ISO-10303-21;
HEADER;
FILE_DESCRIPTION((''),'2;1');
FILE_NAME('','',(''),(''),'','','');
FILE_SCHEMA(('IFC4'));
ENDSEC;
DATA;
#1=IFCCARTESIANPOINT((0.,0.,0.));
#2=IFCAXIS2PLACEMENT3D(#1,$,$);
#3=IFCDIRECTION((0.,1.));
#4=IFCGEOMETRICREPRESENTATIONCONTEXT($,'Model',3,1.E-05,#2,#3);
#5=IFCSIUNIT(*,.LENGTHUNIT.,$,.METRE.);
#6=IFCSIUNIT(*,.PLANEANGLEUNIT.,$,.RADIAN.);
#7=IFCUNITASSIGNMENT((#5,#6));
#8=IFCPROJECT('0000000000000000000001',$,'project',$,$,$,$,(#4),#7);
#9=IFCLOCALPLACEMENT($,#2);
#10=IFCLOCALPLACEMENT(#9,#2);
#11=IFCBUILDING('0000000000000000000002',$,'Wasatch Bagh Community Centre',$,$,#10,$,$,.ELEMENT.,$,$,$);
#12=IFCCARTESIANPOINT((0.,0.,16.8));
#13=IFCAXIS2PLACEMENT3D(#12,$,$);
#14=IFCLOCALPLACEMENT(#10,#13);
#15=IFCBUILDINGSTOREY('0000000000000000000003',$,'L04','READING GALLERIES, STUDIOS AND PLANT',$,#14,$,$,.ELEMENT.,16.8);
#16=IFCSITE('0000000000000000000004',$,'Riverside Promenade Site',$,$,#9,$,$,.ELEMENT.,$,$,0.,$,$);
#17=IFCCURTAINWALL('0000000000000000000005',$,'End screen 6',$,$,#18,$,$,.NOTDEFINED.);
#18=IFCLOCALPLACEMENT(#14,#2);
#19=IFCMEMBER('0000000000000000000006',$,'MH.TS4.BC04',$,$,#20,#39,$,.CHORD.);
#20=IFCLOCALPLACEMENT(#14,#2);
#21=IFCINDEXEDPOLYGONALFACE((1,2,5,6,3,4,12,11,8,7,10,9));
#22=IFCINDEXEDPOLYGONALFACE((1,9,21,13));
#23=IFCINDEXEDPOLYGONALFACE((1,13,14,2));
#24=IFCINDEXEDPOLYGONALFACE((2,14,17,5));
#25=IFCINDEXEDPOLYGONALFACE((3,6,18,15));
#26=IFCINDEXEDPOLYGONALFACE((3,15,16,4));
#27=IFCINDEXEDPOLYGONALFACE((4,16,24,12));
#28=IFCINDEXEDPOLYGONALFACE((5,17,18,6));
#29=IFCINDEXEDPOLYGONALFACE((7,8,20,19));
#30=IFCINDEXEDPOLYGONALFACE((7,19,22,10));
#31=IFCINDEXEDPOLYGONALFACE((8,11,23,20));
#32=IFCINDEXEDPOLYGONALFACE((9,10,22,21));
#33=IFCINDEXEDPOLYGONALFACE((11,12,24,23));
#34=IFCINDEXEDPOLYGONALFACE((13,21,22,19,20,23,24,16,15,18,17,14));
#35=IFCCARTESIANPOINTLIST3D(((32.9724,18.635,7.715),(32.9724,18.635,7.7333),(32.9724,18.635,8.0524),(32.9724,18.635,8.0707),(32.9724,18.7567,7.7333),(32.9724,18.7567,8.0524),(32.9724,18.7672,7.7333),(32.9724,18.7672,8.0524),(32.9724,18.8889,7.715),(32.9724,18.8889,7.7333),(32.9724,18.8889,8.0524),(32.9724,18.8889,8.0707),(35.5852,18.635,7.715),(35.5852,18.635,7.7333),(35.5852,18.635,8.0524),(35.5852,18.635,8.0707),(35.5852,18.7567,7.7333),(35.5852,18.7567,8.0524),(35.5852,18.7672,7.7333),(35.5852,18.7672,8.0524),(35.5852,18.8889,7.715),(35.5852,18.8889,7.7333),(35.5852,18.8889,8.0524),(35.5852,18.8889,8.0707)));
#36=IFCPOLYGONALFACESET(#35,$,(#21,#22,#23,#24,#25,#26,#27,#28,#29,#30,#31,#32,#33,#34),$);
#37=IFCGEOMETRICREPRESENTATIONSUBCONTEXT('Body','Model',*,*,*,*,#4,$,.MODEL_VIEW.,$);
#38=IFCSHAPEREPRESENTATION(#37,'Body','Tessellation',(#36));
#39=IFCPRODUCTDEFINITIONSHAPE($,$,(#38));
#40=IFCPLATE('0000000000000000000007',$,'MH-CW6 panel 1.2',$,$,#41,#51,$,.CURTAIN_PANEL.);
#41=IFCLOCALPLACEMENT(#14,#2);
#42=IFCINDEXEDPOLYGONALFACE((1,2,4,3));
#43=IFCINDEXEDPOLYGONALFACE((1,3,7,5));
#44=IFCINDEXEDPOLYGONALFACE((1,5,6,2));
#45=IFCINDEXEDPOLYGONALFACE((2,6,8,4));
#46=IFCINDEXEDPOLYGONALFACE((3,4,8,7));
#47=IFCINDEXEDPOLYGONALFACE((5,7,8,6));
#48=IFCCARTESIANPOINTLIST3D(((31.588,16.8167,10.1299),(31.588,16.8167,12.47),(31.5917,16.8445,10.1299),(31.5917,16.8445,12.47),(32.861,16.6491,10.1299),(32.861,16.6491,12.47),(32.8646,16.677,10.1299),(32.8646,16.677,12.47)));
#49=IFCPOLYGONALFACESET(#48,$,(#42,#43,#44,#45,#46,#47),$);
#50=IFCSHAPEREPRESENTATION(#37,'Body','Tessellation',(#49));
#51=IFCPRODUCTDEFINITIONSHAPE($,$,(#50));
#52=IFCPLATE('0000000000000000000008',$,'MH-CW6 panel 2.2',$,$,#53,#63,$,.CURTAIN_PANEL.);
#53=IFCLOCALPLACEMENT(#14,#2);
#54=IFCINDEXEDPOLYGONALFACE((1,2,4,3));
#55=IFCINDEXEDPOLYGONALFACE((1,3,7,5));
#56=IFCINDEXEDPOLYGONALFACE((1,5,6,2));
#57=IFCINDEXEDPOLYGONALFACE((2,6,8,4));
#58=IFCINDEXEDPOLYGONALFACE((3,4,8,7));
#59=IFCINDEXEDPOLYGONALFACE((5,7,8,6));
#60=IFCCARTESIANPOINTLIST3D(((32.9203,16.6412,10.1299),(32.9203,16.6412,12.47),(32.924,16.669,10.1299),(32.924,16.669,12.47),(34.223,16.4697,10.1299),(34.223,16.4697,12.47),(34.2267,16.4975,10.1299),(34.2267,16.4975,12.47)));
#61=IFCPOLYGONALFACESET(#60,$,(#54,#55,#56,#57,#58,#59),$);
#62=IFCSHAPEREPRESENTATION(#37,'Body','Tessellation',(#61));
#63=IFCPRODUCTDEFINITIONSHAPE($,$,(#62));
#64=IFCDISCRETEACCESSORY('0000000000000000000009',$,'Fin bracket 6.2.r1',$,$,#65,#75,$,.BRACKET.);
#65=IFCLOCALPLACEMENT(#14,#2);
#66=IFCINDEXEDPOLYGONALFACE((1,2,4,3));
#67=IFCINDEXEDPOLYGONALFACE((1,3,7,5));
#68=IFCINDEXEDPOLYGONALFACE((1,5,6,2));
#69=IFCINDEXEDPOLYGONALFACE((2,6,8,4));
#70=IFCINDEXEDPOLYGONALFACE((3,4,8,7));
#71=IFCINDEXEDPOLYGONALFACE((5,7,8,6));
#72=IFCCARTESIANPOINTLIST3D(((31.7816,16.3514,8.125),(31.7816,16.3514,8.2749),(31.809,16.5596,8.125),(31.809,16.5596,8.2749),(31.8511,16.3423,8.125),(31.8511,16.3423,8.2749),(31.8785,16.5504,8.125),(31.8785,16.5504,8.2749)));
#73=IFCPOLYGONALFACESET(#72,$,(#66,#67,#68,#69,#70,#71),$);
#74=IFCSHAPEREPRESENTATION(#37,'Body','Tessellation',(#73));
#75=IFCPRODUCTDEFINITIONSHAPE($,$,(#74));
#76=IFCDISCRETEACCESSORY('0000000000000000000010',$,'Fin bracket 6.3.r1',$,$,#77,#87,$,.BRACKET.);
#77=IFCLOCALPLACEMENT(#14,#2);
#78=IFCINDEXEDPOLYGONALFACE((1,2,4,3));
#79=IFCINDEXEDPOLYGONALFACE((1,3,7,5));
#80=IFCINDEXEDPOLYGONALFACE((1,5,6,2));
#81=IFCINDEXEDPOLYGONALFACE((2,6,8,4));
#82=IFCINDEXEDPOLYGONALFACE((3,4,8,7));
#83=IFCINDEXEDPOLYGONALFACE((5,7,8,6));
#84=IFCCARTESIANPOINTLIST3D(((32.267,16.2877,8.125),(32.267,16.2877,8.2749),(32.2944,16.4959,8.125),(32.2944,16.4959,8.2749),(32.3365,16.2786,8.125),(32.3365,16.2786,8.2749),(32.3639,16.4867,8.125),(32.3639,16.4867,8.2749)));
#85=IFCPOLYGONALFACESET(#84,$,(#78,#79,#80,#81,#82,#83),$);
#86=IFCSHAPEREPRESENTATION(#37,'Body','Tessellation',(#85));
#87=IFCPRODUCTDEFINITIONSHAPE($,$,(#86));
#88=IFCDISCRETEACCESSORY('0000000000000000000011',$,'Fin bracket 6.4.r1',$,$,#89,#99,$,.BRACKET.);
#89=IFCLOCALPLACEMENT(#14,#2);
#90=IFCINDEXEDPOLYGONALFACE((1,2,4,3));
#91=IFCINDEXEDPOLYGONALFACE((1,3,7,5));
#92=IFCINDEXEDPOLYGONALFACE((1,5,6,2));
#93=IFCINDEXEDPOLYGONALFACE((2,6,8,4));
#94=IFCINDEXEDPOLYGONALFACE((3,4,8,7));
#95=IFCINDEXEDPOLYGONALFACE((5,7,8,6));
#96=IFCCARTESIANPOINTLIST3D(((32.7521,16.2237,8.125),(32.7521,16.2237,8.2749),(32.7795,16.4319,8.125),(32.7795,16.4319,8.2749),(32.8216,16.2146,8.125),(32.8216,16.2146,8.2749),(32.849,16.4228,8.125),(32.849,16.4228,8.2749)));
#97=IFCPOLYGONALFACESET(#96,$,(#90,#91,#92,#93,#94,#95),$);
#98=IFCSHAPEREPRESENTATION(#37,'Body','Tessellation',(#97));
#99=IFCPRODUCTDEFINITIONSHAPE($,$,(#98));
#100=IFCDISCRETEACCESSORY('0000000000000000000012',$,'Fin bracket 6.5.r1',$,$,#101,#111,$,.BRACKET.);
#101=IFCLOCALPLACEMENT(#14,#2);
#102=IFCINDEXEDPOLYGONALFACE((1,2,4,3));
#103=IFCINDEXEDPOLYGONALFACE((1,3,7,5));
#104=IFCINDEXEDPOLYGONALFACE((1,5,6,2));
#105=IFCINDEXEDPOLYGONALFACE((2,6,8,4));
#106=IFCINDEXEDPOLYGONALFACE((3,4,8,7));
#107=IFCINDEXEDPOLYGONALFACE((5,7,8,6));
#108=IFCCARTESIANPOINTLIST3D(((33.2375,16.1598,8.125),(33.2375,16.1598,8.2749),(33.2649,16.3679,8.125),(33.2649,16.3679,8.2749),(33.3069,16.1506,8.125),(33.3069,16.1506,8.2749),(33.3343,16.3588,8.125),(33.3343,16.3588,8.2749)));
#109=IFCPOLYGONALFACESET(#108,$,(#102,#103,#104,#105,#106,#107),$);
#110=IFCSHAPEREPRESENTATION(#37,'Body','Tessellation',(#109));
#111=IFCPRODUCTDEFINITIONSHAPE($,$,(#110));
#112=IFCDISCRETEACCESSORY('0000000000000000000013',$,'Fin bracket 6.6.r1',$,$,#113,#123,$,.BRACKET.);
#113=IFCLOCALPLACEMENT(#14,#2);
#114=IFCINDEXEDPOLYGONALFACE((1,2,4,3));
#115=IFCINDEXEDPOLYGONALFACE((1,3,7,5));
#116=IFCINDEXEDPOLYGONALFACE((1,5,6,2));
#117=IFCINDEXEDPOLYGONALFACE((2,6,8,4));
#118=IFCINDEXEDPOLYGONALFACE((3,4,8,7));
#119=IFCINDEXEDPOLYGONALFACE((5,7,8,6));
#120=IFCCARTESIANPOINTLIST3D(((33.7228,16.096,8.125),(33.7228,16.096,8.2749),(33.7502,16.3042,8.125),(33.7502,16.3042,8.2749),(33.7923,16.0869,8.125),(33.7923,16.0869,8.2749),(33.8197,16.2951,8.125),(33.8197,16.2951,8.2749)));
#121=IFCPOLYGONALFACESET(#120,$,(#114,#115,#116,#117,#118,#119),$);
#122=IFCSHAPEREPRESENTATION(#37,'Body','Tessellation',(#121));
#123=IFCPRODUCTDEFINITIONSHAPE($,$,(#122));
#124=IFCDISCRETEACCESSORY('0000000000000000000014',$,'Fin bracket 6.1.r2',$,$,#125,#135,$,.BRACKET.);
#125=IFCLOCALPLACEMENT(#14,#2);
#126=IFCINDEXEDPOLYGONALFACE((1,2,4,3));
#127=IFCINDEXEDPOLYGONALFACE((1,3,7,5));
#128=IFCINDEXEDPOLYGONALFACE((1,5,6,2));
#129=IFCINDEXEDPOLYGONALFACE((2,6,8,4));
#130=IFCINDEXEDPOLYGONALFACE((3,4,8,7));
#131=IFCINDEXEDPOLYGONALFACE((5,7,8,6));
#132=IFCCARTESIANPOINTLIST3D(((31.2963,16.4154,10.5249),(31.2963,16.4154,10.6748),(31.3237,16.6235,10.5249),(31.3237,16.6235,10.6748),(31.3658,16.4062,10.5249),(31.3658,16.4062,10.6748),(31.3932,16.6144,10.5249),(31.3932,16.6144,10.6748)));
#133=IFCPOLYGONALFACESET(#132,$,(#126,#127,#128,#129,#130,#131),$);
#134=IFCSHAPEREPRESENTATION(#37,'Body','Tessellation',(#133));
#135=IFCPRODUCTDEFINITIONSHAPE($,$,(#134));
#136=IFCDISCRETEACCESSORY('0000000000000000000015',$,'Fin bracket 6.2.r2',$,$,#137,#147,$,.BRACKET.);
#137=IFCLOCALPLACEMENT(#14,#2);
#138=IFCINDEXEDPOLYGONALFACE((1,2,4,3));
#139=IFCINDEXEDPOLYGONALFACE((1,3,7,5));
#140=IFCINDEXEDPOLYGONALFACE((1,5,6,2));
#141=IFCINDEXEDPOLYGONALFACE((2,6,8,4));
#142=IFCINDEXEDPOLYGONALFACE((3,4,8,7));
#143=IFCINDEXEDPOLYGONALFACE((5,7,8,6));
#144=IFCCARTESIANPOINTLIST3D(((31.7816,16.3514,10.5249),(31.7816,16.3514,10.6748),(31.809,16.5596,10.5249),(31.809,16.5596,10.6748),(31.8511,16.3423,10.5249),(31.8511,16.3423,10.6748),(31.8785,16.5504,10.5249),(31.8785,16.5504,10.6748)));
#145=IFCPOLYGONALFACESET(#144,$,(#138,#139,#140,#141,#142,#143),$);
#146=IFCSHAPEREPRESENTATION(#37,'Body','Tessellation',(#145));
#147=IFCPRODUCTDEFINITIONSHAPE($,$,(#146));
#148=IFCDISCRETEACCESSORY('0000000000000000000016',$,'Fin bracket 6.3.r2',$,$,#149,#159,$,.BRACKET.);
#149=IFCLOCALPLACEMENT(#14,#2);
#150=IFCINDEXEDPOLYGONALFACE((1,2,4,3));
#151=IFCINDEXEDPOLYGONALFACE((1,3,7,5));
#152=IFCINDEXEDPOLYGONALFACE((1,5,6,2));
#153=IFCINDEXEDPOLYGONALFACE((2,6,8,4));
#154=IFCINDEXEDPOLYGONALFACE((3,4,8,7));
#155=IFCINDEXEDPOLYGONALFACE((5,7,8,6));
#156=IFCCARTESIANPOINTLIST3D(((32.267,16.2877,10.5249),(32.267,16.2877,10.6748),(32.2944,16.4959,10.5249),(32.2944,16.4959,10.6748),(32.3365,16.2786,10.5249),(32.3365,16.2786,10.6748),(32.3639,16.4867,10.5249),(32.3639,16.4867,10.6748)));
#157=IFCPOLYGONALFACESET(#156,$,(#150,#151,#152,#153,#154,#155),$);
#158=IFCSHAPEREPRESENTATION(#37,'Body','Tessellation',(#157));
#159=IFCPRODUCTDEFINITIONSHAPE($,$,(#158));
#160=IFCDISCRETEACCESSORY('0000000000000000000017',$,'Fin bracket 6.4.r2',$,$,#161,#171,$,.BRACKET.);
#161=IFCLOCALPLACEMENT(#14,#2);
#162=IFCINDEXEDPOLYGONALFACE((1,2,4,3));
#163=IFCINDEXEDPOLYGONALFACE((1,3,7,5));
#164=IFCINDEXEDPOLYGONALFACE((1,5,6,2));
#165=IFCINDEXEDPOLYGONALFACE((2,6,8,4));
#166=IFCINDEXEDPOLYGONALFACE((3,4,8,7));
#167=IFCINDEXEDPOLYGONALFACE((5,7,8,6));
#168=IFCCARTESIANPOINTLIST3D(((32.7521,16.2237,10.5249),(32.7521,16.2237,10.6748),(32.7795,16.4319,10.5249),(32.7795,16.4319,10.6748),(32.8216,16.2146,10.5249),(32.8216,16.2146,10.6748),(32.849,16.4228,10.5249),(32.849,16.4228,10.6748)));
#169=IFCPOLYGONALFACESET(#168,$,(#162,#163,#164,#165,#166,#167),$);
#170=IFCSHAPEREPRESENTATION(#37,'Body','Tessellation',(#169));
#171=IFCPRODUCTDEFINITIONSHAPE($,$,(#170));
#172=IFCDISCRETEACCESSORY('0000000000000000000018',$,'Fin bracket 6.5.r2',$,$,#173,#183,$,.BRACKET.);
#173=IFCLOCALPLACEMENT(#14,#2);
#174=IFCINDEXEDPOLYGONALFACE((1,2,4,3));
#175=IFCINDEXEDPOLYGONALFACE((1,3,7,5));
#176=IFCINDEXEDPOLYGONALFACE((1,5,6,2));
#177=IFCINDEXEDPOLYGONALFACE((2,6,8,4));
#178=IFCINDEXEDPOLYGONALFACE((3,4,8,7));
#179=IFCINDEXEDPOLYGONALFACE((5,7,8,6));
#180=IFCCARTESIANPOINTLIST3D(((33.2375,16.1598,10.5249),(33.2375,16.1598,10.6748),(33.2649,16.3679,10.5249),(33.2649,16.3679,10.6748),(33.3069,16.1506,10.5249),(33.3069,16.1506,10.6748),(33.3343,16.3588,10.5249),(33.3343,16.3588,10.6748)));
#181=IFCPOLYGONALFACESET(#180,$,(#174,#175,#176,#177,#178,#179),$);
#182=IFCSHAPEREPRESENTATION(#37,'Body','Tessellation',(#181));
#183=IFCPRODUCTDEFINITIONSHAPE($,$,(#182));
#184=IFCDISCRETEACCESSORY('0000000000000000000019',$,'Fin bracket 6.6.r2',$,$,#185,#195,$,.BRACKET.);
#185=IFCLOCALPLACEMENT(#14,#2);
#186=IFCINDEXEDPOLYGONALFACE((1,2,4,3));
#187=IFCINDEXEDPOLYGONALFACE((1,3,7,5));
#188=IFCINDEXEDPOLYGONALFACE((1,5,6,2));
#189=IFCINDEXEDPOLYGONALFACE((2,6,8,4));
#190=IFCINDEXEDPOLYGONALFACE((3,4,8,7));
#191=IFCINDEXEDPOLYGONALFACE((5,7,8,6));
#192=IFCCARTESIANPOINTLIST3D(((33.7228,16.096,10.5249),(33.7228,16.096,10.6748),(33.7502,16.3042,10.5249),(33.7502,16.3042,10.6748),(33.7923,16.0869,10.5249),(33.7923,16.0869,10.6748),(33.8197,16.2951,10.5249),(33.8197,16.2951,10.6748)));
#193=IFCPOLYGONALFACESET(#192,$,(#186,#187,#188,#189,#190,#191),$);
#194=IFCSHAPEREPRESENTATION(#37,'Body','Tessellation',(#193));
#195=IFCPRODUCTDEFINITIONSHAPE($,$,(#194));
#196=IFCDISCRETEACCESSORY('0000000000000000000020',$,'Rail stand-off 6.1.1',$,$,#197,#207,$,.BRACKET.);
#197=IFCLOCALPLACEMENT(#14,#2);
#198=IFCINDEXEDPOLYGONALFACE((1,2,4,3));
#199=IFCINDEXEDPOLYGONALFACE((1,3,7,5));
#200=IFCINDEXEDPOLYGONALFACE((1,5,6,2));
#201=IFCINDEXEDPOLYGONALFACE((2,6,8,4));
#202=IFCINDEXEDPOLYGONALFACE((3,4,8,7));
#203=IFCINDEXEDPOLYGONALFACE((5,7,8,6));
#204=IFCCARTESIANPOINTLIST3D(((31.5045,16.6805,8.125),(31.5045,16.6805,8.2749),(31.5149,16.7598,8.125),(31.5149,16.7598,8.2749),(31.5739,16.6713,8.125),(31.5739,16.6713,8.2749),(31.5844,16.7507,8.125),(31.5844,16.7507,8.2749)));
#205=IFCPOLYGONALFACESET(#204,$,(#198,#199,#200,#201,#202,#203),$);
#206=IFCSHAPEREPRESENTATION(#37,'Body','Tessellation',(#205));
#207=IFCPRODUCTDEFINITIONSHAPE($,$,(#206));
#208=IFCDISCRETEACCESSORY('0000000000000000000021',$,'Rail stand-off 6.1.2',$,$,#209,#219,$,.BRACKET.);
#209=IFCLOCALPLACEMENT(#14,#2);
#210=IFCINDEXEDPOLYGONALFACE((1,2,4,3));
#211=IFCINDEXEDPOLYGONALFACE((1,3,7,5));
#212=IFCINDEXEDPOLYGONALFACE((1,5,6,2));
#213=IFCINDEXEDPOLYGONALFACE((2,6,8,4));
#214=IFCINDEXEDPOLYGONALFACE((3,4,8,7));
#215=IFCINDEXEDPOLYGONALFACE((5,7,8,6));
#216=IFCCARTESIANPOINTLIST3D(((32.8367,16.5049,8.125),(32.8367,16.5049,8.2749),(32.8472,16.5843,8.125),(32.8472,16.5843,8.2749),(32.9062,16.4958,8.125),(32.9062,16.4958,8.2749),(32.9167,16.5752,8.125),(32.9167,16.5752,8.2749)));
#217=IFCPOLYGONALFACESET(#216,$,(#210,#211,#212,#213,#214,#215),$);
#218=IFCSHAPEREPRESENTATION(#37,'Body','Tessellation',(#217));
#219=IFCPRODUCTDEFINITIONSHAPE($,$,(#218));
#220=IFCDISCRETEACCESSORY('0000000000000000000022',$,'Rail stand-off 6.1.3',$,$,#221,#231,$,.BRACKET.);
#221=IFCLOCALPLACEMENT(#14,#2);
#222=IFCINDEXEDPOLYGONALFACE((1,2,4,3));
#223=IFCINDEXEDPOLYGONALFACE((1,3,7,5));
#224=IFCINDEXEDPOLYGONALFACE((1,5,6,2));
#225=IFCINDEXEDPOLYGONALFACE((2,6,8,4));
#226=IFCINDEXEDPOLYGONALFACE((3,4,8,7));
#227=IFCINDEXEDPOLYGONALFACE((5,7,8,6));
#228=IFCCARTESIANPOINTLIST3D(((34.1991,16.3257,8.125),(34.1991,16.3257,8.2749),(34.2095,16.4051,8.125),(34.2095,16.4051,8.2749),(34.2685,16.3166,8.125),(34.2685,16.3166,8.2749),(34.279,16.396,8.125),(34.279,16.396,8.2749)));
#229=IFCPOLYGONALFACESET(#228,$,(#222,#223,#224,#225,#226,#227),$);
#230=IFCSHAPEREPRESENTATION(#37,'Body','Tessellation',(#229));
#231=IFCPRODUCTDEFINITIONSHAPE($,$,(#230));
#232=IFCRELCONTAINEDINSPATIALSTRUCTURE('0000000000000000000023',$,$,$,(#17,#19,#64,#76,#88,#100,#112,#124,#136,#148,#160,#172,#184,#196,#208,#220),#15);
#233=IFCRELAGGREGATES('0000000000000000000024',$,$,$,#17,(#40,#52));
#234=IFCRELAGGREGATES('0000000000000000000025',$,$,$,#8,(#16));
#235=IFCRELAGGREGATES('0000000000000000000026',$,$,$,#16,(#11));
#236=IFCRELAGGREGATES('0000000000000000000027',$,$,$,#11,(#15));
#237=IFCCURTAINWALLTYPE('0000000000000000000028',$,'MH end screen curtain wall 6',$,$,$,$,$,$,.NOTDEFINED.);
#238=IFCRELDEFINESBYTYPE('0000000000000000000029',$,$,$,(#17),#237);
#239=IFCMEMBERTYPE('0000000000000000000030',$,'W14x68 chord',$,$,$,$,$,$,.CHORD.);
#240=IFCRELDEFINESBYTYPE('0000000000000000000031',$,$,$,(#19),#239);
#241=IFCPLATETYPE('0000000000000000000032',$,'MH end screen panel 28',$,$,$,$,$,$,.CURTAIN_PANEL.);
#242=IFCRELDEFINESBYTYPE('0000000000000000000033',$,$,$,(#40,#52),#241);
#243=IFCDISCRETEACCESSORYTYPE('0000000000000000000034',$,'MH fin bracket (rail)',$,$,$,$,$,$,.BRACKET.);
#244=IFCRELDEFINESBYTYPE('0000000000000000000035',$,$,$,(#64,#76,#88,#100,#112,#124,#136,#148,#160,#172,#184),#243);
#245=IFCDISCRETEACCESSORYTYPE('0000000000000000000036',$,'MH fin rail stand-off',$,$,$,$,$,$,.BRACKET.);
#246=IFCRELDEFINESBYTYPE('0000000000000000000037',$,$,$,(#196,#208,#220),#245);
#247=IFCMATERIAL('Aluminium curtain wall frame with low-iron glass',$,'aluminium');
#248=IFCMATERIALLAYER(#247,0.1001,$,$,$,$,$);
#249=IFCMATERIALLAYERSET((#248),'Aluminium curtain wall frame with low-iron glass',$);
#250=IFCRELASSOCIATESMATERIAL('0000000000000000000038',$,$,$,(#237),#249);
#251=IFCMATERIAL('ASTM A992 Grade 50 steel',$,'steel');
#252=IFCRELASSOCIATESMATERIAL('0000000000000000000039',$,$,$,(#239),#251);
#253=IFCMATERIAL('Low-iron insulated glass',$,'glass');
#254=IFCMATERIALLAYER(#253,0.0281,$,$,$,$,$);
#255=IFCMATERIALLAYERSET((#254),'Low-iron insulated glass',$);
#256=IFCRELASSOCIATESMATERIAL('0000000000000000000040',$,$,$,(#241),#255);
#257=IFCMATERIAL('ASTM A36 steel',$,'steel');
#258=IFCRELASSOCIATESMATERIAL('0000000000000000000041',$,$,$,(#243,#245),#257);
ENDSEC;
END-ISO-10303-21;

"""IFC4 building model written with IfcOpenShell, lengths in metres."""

from ifc_helpers import new_model, si_unit, direction, frame, origin, origin_2d, place, context, subcontext, project, spatial, rectangle, i_section, extrude, material, layer, layer_set, material_profile, profile_set, type_object, element, aggregate, save


model = new_model("IFC4")

# Units and contexts
model_context = context("Model", 3, precision=1e-05, world=origin(), true_north=direction((0.0, 1.0)))
body_context = subcontext(model_context, "Body", "Model", "MODEL_VIEW")
ifc_project = project(units=[si_unit("LENGTHUNIT", "METRE"), si_unit("PLANEANGLEUNIT", "RADIAN")], contexts=[model_context])

# Site, building, storey
site_placement = place(None, origin())
site = spatial("IfcSite", under=ifc_project, at=site_placement, Name="Riverside Promenade Site", CompositionType="ELEMENT", RefElevation=0.0)
building_placement = place(site_placement, origin())
building = spatial("IfcBuilding", under=site, at=building_placement, Name="Wasatch Bagh Community Centre", CompositionType="ELEMENT")
storey_placement = place(building_placement, frame((0.0, 0.0, 16.8)))
storey = spatial("IfcBuildingStorey", under=building, at=storey_placement, Name="L04", Description="READING GALLERIES, STUDIOS AND PLANT", CompositionType="ELEMENT", Elevation=16.8)

# Curtain wall
ifc_material_1 = material(Name="Aluminium curtain wall frame with low-iron glass", Category="aluminium")
ifc_layer_1 = layer(ifc_material_1, 0.1001)
ifc_layer_set_1 = layer_set([ifc_layer_1], Name="Aluminium curtain wall frame with low-iron glass")
curtain_wall_type = type_object("IfcCurtainWallType", Name="MH end screen curtain wall 6", PredefinedType="NOTDEFINED", material=ifc_layer_set_1)
curtain_wall_placement = place(storey_placement, origin())
curtain_wall = element("IfcCurtainWall", 1, at=curtain_wall_placement, inside=storey, type_object=curtain_wall_type, Name="End screen 6", PredefinedType="NOTDEFINED")

# Member
ifc_material_2 = material(Name="ASTM A992 Grade 50 steel", Category="steel")
ifc_material_profile_1 = material_profile(ifc_material_2, i_section(OverallWidth=0.2539, OverallDepth=0.3557, WebThickness=0.0105, FlangeThickness=0.0183, at=origin_2d()), Name="W14x68")
ifc_profile_set_1 = profile_set([ifc_material_profile_1], Name="ASTM A992 Grade 50 steel")
member_type_1 = type_object("IfcMemberType", Name="W14x68 chord", PredefinedType="CHORD", material=ifc_profile_set_1)
for number, where, z_axis, x_axis, name in (
    (2, (32.9724, 18.762, 7.8928), (1.0, 0.0, 0.0), (0.0, 1.0, 0.0), "MH.TS4.BC04"),
):
    element("IfcMember", number, at=place(storey_placement, frame(where, z_axis=z_axis, x_axis=x_axis)), inside=storey, type_object=member_type_1, Name=name, PredefinedType="CHORD", context=body_context, shape_type="SweptSolid", body=[
        extrude(i_section(OverallWidth=0.2539, OverallDepth=0.3557, WebThickness=0.0105, FlangeThickness=0.0183, at=origin_2d()), origin(), (0.0, 0.0, 1.0), 2.6128),
    ])

# Plates
ifc_material_3 = material(Name="Low-iron insulated glass", Category="glass")
ifc_layer_2 = layer(ifc_material_3, 0.0281)
ifc_layer_set_2 = layer_set([ifc_layer_2], Name="Low-iron insulated glass")
plate_type = type_object("IfcPlateType", Name="MH end screen panel 28", PredefinedType="CURTAIN_PANEL", material=ifc_layer_set_2)
plate_1_placement = place(storey_placement, frame((32.2263, 16.7468, 10.1299), z_axis=(0.0, 0.0, 1.0), x_axis=(0.991445, -0.130526, 0.0)))
plate_1 = element("IfcPlate", 3, at=plate_1_placement, type_object=plate_type, Name="MH-CW6 panel 1.2", PredefinedType="CURTAIN_PANEL", context=body_context, shape_type="SweptSolid", body=[
    extrude(rectangle(XDim=1.2839, YDim=0.0281, at=origin_2d()), origin(), (0.0, 0.0, 1.0), 2.3401),
])
plate_2_placement = place(storey_placement, frame((33.5735, 16.5693, 10.1299), z_axis=(0.0, 0.0, 1.0), x_axis=(0.991445, -0.130526, 0.0)))
plate_2 = element("IfcPlate", 4, at=plate_2_placement, type_object=plate_type, Name="MH-CW6 panel 2.2", PredefinedType="CURTAIN_PANEL", context=body_context, shape_type="SweptSolid", body=[
    extrude(rectangle(XDim=1.314, YDim=0.0281, at=origin_2d()), origin(), (0.0, 0.0, 1.0), 2.3401),
])
aggregate(curtain_wall, [plate_1, plate_2])

# Discrete accessories
ifc_material_4 = material(Name="ASTM A36 steel", Category="steel")
discrete_accessory_type_1 = type_object("IfcDiscreteAccessoryType", Name="MH fin bracket (rail)", PredefinedType="BRACKET", material=ifc_material_4)
for number, where, z_axis, x_axis, name in (
    (5, (31.8301, 16.4509, 8.125), (0.0, 0.0, 1.0), (0.991445, -0.130526, 0.0), "Fin bracket 6.2.r1"),
    (6, (32.3154, 16.3872, 8.125), (0.0, 0.0, 1.0), (0.991445, -0.130526, 0.0), "Fin bracket 6.3.r1"),
    (7, (32.8005, 16.3232, 8.125), (0.0, 0.0, 1.0), (0.991445, -0.130526, 0.0), "Fin bracket 6.4.r1"),
    (8, (33.2859, 16.2593, 8.125), (0.0, 0.0, 1.0), (0.991445, -0.130526, 0.0), "Fin bracket 6.5.r1"),
    (9, (33.7712, 16.1956, 8.125), (0.0, 0.0, 1.0), (0.991445, -0.130526, 0.0), "Fin bracket 6.6.r1"),
    (10, (31.3447, 16.5149, 10.5249), (0.0, 0.0, 1.0), (0.991445, -0.130526, 0.0), "Fin bracket 6.1.r2"),
    (11, (31.8301, 16.4509, 10.5249), (0.0, 0.0, 1.0), (0.991445, -0.130526, 0.0), "Fin bracket 6.2.r2"),
    (12, (32.3154, 16.3872, 10.5249), (0.0, 0.0, 1.0), (0.991445, -0.130526, 0.0), "Fin bracket 6.3.r2"),
    (13, (32.8005, 16.3232, 10.5249), (0.0, 0.0, 1.0), (0.991445, -0.130526, 0.0), "Fin bracket 6.4.r2"),
    (14, (33.2859, 16.2593, 10.5249), (0.0, 0.0, 1.0), (0.991445, -0.130526, 0.0), "Fin bracket 6.5.r2"),
    (15, (33.7712, 16.1956, 10.5249), (0.0, 0.0, 1.0), (0.991445, -0.130526, 0.0), "Fin bracket 6.6.r2"),
):
    element("IfcDiscreteAccessory", number, at=place(storey_placement, frame(where, z_axis=z_axis, x_axis=x_axis)), inside=storey, type_object=discrete_accessory_type_1, Name=name, PredefinedType="BRACKET", context=body_context, shape_type="SweptSolid", body=[
        extrude(rectangle(XDim=0.0701, YDim=0.21, at=origin_2d()), origin(), (0.0, 0.0, 1.0), 0.1499),
    ])
discrete_accessory_type_2 = type_object("IfcDiscreteAccessoryType", Name="MH fin rail stand-off", PredefinedType="BRACKET", material=ifc_material_4)
for number, where, z_axis, x_axis, name in (
    (16, (31.5444, 16.7156, 8.125), (0.0, 0.0, 1.0), (0.991445, -0.130526, 0.0), "Rail stand-off 6.1.1"),
    (17, (32.8767, 16.54, 8.125), (0.0, 0.0, 1.0), (0.991445, -0.130526, 0.0), "Rail stand-off 6.1.2"),
    (18, (34.239, 16.3608, 8.125), (0.0, 0.0, 1.0), (0.991445, -0.130526, 0.0), "Rail stand-off 6.1.3"),
):
    element("IfcDiscreteAccessory", number, at=place(storey_placement, frame(where, z_axis=z_axis, x_axis=x_axis)), inside=storey, type_object=discrete_accessory_type_2, Name=name, PredefinedType="BRACKET", context=body_context, shape_type="SweptSolid", body=[
        extrude(rectangle(XDim=0.0701, YDim=0.0801, at=origin_2d()), origin(), (0.0, 0.0, 1.0), 0.1499),
    ])

save(model, "model.ifc")
